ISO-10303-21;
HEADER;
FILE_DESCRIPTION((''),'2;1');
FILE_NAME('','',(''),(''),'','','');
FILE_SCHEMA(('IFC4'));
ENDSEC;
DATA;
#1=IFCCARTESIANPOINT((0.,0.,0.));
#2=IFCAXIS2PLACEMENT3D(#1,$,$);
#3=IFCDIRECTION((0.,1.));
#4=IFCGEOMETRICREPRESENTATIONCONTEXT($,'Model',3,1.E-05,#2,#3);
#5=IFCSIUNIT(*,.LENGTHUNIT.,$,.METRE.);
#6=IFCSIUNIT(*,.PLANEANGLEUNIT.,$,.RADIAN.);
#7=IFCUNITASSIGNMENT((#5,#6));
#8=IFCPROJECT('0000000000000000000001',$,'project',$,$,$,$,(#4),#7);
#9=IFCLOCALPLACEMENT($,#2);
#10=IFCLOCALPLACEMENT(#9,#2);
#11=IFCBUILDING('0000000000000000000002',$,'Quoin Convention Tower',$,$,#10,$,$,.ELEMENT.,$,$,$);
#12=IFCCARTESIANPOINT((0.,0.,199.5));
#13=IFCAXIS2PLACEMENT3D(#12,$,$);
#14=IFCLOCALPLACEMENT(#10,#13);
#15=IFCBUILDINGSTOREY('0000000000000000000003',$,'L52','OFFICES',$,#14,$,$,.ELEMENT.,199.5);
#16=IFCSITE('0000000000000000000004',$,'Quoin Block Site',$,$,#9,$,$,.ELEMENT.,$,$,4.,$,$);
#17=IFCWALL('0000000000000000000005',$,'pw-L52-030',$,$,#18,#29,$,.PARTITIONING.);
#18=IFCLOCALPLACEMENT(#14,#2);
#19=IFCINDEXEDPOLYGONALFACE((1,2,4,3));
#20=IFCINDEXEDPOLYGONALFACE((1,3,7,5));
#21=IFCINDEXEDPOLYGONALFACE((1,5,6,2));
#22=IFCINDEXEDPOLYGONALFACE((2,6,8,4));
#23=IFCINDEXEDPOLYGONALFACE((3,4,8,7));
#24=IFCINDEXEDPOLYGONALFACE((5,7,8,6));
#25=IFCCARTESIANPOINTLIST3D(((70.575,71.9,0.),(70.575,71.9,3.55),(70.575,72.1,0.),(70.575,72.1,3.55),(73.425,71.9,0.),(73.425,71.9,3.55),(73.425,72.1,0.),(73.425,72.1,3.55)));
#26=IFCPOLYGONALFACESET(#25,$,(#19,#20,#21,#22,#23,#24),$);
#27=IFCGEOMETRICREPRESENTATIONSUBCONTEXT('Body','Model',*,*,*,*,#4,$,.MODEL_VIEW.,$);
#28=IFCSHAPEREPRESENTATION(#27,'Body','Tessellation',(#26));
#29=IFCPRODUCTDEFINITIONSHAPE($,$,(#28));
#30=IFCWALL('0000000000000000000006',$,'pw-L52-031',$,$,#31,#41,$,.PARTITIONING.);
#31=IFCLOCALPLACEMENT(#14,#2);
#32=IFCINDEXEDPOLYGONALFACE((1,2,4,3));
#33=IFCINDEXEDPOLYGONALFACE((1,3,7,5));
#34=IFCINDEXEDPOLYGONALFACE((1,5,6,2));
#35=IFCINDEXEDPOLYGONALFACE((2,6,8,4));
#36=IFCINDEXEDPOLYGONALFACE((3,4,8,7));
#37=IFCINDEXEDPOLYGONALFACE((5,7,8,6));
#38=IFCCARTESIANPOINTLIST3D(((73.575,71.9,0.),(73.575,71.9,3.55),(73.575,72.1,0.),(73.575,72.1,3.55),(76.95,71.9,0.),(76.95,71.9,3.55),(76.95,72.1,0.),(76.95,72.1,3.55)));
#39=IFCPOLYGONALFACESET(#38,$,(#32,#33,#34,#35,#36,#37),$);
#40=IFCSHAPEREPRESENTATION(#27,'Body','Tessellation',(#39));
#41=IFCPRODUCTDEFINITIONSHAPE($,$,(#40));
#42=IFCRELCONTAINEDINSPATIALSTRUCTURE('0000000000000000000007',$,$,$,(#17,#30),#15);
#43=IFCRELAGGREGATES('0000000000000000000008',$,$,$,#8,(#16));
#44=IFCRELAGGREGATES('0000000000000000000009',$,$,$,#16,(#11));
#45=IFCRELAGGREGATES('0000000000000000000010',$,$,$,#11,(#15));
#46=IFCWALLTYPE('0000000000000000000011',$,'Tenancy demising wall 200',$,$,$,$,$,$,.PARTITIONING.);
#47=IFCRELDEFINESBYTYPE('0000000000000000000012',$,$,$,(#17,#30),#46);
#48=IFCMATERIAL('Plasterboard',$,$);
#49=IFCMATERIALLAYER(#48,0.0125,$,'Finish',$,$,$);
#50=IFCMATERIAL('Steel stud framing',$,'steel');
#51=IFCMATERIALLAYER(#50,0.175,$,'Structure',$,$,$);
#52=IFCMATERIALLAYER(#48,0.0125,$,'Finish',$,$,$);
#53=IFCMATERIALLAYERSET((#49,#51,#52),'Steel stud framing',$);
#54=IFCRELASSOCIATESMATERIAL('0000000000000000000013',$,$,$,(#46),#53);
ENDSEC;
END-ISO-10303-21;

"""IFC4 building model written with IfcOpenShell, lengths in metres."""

from ifc_helpers import new_model, si_unit, direction, frame, frame_2d, origin, place, context, subcontext, project, spatial, rectangle, extrude, material, layer, layer_set, type_object, element, save


model = new_model("IFC4")

# Units and contexts
model_context = context("Model", 3, precision=1e-05, world=origin(), true_north=direction((0.0, 1.0)))
body_context = subcontext(model_context, "Body", "Model", "MODEL_VIEW")
ifc_project = project(units=[si_unit("LENGTHUNIT", "METRE"), si_unit("PLANEANGLEUNIT", "RADIAN")], contexts=[model_context])

# Site, building, storey
site_placement = place(None, origin())
site = spatial("IfcSite", under=ifc_project, at=site_placement, Name="Quoin Block Site", CompositionType="ELEMENT", RefElevation=4.0)
building_placement = place(site_placement, origin())
building = spatial("IfcBuilding", under=site, at=building_placement, Name="Quoin Convention Tower", CompositionType="ELEMENT")
storey_placement = place(building_placement, frame((0.0, 0.0, 199.5)))
storey = spatial("IfcBuildingStorey", under=building, at=storey_placement, Name="L52", Description="OFFICES", CompositionType="ELEMENT", Elevation=199.5)

# Shared definitions
ifc_material_1 = material(Name="Plasterboard")
ifc_material_2 = material(Name="Steel stud framing", Category="steel")

# Walls
ifc_layer_1 = layer(ifc_material_1, 0.0125, Name="Finish")
ifc_layer_2 = layer(ifc_material_2, 0.175, Name="Structure")
ifc_layer_3 = layer(ifc_material_1, 0.0125, Name="Finish")
ifc_layer_set_1 = layer_set([ifc_layer_1, ifc_layer_2, ifc_layer_3], Name="Steel stud framing")
wall_type_1 = type_object("IfcWallType", Name="Tenancy demising wall 200", PredefinedType="PARTITIONING", material=ifc_layer_set_1)
wall_1_placement = place(storey_placement, frame((70.575, 72.0, 0.0), z_axis=(0.0, 0.0, 1.0), x_axis=(1.0, 0.0, 0.0)))
element("IfcWall", 1, at=wall_1_placement, inside=storey, type_object=wall_type_1, Name="pw-L52-030", PredefinedType="PARTITIONING", context=body_context, shape_type="SweptSolid", body=[
    extrude(rectangle(XDim=2.8501, YDim=0.2, at=frame_2d((1.425, 0.0))), origin(), (0.0, 0.0, 1.0), 3.55),
])
wall_2_placement = place(storey_placement, frame((73.575, 72.0, 0.0), z_axis=(0.0, 0.0, 1.0), x_axis=(1.0, 0.0, 0.0)))
element("IfcWall", 2, at=wall_2_placement, inside=storey, type_object=wall_type_1, Name="pw-L52-031", PredefinedType="PARTITIONING", context=body_context, shape_type="SweptSolid", body=[
    extrude(rectangle(XDim=3.375, YDim=0.2, at=frame_2d((1.6875, 0.0))), origin(), (0.0, 0.0, 1.0), 3.55),
])

save(model, "model.ifc")
